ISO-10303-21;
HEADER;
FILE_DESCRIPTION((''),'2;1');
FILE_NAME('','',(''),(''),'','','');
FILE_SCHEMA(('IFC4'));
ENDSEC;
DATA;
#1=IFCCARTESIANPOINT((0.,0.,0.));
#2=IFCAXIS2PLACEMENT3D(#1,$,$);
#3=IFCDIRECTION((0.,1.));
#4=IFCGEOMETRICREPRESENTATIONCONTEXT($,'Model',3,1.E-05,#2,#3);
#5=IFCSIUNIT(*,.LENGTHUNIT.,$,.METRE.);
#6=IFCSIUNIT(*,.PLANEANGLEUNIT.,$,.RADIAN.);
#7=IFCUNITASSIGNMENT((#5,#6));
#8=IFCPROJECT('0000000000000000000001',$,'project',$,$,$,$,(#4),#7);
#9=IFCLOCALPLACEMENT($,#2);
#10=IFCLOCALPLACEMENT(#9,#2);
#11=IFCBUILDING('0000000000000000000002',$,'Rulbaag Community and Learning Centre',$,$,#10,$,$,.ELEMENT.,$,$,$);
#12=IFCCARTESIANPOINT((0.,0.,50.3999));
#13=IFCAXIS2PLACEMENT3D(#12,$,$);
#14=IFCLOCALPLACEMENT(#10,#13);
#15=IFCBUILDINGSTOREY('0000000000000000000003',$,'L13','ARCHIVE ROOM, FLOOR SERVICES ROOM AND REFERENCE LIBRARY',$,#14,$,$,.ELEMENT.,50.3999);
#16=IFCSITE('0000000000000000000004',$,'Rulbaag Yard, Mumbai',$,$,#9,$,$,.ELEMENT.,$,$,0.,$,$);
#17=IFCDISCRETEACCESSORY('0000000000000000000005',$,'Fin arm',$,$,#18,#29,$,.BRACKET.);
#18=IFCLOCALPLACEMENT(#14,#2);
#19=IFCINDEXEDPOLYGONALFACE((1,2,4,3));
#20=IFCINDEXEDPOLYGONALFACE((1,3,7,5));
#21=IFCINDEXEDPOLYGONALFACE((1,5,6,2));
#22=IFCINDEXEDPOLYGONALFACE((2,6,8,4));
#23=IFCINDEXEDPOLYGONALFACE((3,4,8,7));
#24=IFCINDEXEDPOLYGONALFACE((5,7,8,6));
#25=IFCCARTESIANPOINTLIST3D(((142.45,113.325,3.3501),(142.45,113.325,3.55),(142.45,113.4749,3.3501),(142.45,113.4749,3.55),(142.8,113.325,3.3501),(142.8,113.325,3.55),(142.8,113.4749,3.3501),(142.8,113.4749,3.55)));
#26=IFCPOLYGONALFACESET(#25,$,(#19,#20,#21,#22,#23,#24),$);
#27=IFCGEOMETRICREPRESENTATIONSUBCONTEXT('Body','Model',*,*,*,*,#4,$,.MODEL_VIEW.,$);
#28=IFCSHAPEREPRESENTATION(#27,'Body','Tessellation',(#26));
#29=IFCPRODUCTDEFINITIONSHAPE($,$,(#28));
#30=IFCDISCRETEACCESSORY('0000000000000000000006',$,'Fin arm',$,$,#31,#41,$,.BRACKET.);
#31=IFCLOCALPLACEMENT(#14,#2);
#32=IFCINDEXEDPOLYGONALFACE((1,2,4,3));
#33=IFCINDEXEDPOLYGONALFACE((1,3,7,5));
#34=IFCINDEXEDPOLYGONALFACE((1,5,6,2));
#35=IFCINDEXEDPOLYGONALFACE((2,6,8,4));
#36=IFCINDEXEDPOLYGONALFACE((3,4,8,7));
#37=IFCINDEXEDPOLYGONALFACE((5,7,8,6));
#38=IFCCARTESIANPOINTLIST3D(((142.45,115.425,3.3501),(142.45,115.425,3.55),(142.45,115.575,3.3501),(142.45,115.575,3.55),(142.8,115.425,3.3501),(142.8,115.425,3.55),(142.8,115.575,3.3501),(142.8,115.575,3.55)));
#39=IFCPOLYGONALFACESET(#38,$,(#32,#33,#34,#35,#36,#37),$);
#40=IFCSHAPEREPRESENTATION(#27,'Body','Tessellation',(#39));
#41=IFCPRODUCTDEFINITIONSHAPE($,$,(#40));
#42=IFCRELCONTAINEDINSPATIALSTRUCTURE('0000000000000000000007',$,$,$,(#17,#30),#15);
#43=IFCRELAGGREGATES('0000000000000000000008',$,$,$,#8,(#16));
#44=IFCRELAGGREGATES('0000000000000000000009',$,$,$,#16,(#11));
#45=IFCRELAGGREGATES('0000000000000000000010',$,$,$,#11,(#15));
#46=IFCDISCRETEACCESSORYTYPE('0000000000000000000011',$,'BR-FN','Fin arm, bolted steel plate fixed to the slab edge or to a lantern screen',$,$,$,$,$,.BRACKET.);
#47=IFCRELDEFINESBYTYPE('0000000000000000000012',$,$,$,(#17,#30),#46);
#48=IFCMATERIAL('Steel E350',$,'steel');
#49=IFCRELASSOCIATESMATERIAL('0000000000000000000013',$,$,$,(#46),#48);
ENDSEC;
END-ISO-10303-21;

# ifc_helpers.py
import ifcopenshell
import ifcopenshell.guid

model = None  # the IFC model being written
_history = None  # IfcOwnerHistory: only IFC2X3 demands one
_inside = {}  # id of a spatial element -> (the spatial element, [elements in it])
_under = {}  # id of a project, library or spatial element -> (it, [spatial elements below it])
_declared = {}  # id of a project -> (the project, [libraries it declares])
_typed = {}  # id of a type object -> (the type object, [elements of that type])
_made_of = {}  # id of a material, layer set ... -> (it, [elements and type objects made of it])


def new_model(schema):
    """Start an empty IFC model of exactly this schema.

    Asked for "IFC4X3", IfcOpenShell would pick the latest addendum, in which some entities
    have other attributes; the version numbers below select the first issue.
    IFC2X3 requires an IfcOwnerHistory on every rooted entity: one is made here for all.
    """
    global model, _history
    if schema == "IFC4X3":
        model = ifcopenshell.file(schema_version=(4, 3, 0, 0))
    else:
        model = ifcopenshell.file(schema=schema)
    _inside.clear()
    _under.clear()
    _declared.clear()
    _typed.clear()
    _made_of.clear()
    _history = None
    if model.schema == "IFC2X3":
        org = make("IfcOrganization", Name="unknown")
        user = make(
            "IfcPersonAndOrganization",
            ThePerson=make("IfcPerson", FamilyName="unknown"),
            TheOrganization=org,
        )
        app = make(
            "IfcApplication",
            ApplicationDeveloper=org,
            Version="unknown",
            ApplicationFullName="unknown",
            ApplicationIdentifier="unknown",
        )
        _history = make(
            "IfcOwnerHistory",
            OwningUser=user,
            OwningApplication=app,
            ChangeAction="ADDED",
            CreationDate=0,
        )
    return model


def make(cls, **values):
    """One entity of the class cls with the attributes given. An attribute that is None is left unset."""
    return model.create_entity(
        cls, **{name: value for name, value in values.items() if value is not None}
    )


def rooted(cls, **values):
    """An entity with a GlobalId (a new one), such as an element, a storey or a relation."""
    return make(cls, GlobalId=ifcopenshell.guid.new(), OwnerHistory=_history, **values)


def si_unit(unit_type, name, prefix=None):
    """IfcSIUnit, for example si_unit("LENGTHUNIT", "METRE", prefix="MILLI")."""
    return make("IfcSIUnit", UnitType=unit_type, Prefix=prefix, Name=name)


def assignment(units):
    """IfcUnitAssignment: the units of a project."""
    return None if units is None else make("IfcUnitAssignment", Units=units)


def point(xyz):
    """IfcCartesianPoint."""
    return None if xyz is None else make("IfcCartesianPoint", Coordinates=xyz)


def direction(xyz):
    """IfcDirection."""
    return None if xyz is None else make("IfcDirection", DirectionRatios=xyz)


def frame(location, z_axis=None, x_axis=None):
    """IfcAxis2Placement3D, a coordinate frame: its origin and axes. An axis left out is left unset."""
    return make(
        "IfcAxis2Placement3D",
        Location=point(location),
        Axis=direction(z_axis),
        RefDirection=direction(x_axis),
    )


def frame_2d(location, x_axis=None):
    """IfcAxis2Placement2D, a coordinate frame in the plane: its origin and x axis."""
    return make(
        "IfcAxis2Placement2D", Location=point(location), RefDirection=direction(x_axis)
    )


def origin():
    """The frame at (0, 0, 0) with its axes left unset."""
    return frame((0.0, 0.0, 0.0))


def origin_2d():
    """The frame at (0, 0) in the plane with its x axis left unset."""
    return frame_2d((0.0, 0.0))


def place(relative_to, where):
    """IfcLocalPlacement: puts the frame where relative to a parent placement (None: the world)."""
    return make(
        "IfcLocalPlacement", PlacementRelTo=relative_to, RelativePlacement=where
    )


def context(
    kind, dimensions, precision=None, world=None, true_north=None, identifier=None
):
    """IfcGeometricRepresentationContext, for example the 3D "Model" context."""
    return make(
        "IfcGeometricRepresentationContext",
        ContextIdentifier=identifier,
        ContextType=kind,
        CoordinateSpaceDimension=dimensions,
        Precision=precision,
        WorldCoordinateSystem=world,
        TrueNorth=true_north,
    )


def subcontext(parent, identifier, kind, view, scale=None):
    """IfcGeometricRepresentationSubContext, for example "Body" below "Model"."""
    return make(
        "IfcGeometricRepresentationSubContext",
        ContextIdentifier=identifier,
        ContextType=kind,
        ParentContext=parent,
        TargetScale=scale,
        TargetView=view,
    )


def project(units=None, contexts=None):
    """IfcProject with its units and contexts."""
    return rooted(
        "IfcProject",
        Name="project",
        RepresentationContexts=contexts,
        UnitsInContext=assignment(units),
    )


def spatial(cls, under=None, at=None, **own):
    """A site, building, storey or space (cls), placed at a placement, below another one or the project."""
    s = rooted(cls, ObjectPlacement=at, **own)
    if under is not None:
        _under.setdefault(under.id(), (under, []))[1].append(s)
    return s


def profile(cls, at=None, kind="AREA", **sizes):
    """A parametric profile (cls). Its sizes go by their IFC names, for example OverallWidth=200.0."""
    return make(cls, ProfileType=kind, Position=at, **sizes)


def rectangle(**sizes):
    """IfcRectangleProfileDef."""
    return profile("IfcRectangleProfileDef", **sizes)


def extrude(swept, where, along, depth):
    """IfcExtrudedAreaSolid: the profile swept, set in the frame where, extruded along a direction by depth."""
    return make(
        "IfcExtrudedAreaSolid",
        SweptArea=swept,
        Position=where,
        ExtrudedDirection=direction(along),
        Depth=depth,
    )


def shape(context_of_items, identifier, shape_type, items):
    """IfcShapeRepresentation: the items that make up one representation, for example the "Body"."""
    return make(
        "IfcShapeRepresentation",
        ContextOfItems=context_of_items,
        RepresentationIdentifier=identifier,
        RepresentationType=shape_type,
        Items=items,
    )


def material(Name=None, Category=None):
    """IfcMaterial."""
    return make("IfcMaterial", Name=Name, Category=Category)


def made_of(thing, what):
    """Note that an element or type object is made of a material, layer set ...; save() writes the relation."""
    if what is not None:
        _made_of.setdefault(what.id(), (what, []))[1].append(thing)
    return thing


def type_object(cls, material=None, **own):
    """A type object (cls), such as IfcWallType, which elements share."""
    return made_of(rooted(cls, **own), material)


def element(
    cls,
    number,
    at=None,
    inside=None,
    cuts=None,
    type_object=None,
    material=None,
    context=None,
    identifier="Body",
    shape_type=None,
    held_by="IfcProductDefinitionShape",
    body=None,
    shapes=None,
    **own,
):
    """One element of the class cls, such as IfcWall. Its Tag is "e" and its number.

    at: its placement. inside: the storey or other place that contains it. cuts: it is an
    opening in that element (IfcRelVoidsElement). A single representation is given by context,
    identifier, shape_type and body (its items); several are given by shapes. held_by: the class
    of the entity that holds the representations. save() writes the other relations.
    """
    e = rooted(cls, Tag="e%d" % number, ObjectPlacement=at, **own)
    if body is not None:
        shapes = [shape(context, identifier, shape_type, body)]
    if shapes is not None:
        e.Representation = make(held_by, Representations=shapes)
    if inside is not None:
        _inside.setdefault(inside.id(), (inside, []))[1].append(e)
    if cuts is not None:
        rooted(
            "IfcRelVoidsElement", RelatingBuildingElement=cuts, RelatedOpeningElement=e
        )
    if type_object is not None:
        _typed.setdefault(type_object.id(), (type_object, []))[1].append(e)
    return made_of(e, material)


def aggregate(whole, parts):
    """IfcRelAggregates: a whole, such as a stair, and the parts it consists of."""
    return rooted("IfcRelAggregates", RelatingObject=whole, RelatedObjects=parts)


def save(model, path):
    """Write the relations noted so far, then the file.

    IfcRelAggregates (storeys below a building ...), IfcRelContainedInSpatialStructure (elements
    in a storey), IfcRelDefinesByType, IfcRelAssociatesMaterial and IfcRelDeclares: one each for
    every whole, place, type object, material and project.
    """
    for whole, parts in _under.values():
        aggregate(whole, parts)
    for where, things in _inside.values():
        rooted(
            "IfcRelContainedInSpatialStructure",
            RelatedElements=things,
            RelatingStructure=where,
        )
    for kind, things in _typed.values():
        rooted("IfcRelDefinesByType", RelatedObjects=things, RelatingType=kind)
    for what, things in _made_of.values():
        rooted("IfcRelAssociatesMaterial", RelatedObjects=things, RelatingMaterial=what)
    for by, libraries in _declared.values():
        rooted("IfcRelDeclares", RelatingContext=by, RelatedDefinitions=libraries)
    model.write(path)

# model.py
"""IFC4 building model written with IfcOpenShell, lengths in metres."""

from ifc_helpers import new_model, si_unit, direction, frame, origin, origin_2d, place, context, subcontext, project, spatial, rectangle, extrude, material, type_object, element, save


model = new_model("IFC4")

# Units and contexts
model_context = context("Model", 3, precision=1e-05, world=origin(), true_north=direction((0.0, 1.0)))
body_context = subcontext(model_context, "Body", "Model", "MODEL_VIEW")
ifc_project = project(units=[si_unit("LENGTHUNIT", "METRE"), si_unit("PLANEANGLEUNIT", "RADIAN")], contexts=[model_context])

# Site, building, storey
site_placement = place(None, origin())
site = spatial("IfcSite", under=ifc_project, at=site_placement, Name="Rulbaag Yard, Mumbai", CompositionType="ELEMENT", RefElevation=0.0)
building_placement = place(site_placement, origin())
building = spatial("IfcBuilding", under=site, at=building_placement, Name="Rulbaag Community and Learning Centre", CompositionType="ELEMENT")
storey_placement = place(building_placement, frame((0.0, 0.0, 50.3999)))
storey = spatial("IfcBuildingStorey", under=building, at=storey_placement, Name="L13", Description="ARCHIVE ROOM, FLOOR SERVICES ROOM AND REFERENCE LIBRARY", CompositionType="ELEMENT", Elevation=50.3999)

# Discrete accessories
ifc_material_1 = material(Name="Steel E350", Category="steel")
discrete_accessory_type = type_object("IfcDiscreteAccessoryType", Name="BR-FN", Description="Fin arm, bolted steel plate fixed to the slab edge or to a lantern screen", PredefinedType="BRACKET", material=ifc_material_1)
for number, where, z_axis, x_axis, name in (
    (1, (142.625, 113.3999, 3.3501), (0.0, 0.0, 1.0), (1.0, 0.0, 0.0), "Fin arm"),
    (2, (142.625, 115.5, 3.3501), (0.0, 0.0, 1.0), (1.0, 0.0, 0.0), "Fin arm"),
):
    element("IfcDiscreteAccessory", number, at=place(storey_placement, frame(where, z_axis=z_axis, x_axis=x_axis)), inside=storey, type_object=discrete_accessory_type, Name=name, PredefinedType="BRACKET", context=body_context, shape_type="SweptSolid", body=[
        extrude(rectangle(XDim=0.3501, YDim=0.1499, at=origin_2d()), origin(), (0.0, 0.0, 1.0), 0.2),
    ])

save(model, "model.ifc")
